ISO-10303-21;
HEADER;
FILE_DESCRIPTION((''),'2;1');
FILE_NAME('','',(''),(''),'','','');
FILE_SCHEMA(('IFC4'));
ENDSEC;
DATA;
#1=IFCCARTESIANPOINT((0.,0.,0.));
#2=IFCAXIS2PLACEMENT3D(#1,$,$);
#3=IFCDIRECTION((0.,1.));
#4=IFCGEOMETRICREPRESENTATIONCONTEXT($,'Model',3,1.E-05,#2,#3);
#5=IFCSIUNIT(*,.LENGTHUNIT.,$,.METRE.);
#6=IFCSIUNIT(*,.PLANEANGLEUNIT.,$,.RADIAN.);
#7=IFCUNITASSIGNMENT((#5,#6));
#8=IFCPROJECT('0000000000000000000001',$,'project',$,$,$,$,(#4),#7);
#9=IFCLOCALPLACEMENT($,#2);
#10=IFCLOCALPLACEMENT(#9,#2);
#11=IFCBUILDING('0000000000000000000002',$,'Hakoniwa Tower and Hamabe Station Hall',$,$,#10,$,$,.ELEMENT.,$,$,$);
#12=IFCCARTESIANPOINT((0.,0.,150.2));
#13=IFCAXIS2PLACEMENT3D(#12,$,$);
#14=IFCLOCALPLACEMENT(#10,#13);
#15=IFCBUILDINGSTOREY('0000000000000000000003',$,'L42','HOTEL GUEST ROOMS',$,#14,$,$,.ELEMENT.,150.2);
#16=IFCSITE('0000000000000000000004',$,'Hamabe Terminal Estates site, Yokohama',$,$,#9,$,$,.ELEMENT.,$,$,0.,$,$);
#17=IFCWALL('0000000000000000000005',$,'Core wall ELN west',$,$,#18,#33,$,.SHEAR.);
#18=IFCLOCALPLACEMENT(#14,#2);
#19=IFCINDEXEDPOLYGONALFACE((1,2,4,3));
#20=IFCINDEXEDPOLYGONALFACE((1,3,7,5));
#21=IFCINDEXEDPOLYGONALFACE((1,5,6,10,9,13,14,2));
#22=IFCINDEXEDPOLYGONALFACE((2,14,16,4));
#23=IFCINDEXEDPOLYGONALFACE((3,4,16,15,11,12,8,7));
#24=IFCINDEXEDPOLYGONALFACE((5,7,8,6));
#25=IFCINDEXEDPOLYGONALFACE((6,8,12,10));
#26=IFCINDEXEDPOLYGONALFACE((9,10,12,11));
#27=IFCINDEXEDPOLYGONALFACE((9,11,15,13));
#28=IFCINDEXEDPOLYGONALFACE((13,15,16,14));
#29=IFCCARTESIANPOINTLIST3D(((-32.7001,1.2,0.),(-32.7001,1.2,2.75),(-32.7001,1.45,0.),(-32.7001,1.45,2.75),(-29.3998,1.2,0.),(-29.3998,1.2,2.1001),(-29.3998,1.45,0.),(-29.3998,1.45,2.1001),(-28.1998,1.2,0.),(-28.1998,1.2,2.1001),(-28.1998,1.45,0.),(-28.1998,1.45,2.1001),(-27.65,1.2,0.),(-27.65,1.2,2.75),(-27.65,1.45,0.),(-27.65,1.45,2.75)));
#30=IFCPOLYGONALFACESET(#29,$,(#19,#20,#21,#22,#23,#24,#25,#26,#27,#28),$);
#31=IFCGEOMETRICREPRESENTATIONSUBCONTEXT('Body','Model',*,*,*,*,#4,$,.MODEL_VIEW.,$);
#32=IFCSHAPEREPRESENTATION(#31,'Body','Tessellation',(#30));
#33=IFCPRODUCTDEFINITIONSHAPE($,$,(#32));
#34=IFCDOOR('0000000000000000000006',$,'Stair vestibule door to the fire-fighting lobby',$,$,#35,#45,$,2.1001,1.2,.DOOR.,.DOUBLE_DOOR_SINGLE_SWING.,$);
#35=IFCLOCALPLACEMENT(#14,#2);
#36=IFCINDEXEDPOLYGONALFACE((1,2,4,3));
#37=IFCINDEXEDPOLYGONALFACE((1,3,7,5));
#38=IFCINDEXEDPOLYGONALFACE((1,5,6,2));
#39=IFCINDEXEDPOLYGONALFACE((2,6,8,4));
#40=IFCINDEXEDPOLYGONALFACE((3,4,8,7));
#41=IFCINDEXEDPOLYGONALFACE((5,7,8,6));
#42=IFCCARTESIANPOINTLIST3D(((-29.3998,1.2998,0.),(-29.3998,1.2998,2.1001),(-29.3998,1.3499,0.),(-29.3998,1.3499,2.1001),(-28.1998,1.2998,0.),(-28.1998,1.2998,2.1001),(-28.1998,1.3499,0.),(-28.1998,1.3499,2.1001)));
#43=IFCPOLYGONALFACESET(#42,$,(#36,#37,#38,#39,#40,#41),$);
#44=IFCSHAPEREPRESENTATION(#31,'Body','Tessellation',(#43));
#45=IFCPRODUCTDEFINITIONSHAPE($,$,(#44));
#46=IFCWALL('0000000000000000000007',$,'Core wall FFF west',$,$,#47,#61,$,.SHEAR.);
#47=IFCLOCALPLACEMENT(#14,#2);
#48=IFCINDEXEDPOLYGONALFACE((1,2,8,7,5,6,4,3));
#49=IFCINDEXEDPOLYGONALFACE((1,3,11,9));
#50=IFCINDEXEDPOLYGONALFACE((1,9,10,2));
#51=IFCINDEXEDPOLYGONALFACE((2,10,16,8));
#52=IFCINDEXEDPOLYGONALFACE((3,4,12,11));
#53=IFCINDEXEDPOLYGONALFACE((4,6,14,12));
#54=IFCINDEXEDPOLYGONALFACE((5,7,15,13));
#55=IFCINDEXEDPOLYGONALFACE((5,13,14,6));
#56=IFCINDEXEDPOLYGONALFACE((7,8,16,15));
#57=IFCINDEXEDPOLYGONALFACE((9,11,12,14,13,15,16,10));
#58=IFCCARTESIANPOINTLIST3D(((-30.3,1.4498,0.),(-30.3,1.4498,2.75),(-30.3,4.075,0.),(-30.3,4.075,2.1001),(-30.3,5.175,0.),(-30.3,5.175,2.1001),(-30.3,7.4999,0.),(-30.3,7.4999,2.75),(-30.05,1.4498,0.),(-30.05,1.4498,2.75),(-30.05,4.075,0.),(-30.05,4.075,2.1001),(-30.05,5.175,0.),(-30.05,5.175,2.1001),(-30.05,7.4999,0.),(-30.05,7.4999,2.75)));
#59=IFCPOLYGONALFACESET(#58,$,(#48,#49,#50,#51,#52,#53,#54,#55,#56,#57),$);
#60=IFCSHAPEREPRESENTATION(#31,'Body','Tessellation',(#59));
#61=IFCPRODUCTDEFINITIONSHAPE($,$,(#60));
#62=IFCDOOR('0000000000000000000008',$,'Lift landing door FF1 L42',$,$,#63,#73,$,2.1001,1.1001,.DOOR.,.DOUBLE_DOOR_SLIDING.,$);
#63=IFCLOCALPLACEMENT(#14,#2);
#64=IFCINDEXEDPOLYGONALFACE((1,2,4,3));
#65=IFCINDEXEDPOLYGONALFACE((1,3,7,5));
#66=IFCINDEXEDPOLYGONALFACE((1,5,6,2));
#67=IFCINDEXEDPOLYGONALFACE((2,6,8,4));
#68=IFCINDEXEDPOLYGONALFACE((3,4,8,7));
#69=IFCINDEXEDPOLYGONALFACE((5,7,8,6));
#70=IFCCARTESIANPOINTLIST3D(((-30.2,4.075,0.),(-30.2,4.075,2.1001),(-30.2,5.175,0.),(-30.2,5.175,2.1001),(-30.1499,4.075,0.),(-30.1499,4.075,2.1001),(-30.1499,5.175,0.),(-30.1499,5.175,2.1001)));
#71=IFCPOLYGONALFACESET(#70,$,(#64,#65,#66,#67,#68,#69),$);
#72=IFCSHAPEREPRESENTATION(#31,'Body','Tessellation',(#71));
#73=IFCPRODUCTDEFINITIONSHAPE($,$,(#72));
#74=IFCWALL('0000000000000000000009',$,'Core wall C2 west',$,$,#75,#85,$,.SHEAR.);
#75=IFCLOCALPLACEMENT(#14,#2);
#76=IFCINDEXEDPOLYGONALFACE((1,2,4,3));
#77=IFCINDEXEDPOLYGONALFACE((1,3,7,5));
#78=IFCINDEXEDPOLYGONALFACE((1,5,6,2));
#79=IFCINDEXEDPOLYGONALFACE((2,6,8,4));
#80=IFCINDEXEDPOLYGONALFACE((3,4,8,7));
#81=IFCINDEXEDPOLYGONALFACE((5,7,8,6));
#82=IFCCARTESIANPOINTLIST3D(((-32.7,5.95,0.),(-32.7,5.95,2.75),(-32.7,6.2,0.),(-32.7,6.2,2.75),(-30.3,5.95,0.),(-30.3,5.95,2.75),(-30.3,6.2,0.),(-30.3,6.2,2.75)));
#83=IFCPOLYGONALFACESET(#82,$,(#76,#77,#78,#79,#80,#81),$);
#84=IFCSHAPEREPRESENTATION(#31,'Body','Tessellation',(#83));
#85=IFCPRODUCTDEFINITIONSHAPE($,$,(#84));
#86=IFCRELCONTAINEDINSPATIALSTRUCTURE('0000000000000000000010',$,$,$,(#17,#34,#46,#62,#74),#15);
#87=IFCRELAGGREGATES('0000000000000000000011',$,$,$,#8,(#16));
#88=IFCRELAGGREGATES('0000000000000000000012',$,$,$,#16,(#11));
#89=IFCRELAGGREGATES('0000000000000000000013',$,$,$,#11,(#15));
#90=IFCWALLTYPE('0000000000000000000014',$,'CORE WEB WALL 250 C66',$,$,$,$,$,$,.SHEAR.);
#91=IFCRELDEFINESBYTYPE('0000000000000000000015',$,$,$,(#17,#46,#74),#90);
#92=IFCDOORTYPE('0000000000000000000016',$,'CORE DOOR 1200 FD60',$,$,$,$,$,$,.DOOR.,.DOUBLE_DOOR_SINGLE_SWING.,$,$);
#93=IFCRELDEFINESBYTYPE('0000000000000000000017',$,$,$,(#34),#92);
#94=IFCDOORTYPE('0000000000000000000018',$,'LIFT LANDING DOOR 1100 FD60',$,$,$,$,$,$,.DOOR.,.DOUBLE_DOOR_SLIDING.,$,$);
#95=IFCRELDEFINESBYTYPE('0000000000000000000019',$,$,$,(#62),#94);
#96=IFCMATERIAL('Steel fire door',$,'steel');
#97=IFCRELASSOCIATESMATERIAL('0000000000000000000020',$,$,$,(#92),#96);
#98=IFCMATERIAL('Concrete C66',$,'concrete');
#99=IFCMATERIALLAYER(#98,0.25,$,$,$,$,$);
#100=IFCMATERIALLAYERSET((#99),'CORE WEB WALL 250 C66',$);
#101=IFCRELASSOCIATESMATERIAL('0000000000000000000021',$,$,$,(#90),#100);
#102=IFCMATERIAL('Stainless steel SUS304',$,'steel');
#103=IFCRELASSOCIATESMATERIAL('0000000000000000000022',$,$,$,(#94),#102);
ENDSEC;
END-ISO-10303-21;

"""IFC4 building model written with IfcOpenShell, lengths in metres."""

from ifc_helpers import new_model, si_unit, direction, frame, frame_2d, origin, place, context, subcontext, project, spatial, rectangle, extrude, material, layer, layer_set, type_object, element, fill, save


model = new_model("IFC4")

# Units and contexts
model_context = context("Model", 3, precision=1e-05, world=origin(), true_north=direction((0.0, 1.0)))
body_context = subcontext(model_context, "Body", "Model", "MODEL_VIEW")
ifc_project = project(units=[si_unit("LENGTHUNIT", "METRE"), si_unit("PLANEANGLEUNIT", "RADIAN")], contexts=[model_context])

# Site, building, storey
site_placement = place(None, origin())
site = spatial("IfcSite", under=ifc_project, at=site_placement, Name="Hamabe Terminal Estates site, Yokohama", CompositionType="ELEMENT", RefElevation=0.0)
building_placement = place(site_placement, origin())
building = spatial("IfcBuilding", under=site, at=building_placement, Name="Hakoniwa Tower and Hamabe Station Hall", CompositionType="ELEMENT")
storey_placement = place(building_placement, frame((0.0, 0.0, 150.2)))
storey = spatial("IfcBuildingStorey", under=building, at=storey_placement, Name="L42", Description="HOTEL GUEST ROOMS", CompositionType="ELEMENT", Elevation=150.2)

# Shared definitions
ifc_material_1 = material(Name="Steel fire door", Category="steel")
door_type_1 = type_object("IfcDoorType", Name="CORE DOOR 1200 FD60", OperationType="DOUBLE_DOOR_SINGLE_SWING", PredefinedType="DOOR", material=ifc_material_1)

# Shared definitions
ifc_material_2 = material(Name="Concrete C66", Category="concrete")
ifc_layer_1 = layer(ifc_material_2, 0.25)
ifc_layer_set_1 = layer_set([ifc_layer_1], Name="CORE WEB WALL 250 C66")
wall_type_1 = type_object("IfcWallType", Name="CORE WEB WALL 250 C66", PredefinedType="SHEAR", material=ifc_layer_set_1)

# Walls, openings, doors
wall_1_placement = place(storey_placement, frame((-32.7, 1.325, 0.0), z_axis=(0.0, 0.0, 1.0), x_axis=(1.0, 0.0, 0.0)))
wall_1 = element("IfcWall", 1, at=wall_1_placement, inside=storey, type_object=wall_type_1, Name="Core wall ELN west", PredefinedType="SHEAR", context=body_context, shape_type="SweptSolid", body=[
    extrude(rectangle(XDim=5.05, YDim=0.25, at=frame_2d((2.5249, 0.0))), origin(), (0.0, 0.0, 1.0), 2.75),
])
opening_1_placement = place(wall_1_placement, frame((3.3, 0.0, 0.0)))
opening_1 = element("IfcOpeningElement", 2, at=opening_1_placement, cuts=wall_1, PredefinedType="OPENING", context=body_context, shape_type="SweptSolid", body=[
    extrude(rectangle(XDim=1.2, YDim=2.1001, at=frame_2d((0.6001, 1.05))), frame((0.0, 0.135, 0.0), z_axis=(0.0, -1.0, 0.0), x_axis=(1.0, 0.0, 0.0)), (0.0, 0.0, 1.0), 0.27),
])
door_1_placement = place(opening_1_placement, origin())
door_1 = element("IfcDoor", 3, at=door_1_placement, inside=storey, type_object=door_type_1, Name="Stair vestibule door to the fire-fighting lobby", OperationType="DOUBLE_DOOR_SINGLE_SWING", OverallHeight=2.1001, OverallWidth=1.2, PredefinedType="DOOR", context=body_context, shape_type="SweptSolid", body=[
    extrude(rectangle(XDim=1.2, YDim=2.1001, at=frame_2d((0.6001, 1.05))), frame((0.0, 0.0249, 0.0), z_axis=(0.0, -1.0, 0.0), x_axis=(1.0, 0.0, 0.0)), (0.0, 0.0, 1.0), 0.05),
])
fill(opening_1, door_1)
wall_2_placement = place(storey_placement, frame((-30.175, 1.45, 0.0), z_axis=(0.0, 0.0, 1.0), x_axis=(0.0, 1.0, 0.0)))
wall_2 = element("IfcWall", 4, at=wall_2_placement, inside=storey, type_object=wall_type_1, Name="Core wall FFF west", PredefinedType="SHEAR", context=body_context, shape_type="SweptSolid", body=[
    extrude(rectangle(XDim=6.05, YDim=0.25, at=frame_2d((3.0249, 0.0))), origin(), (0.0, 0.0, 1.0), 2.75),
])
opening_2_placement = place(wall_2_placement, frame((2.625, 0.0, 0.0)))
opening_2 = element("IfcOpeningElement", 5, at=opening_2_placement, cuts=wall_2, PredefinedType="OPENING", context=body_context, shape_type="SweptSolid", body=[
    extrude(rectangle(XDim=1.1001, YDim=2.1001, at=frame_2d((0.55, 1.05))), frame((0.0, 0.135, 0.0), z_axis=(0.0, -1.0, 0.0), x_axis=(1.0, 0.0, 0.0)), (0.0, 0.0, 1.0), 0.27),
])
ifc_material_3 = material(Name="Stainless steel SUS304", Category="steel")
door_type_2 = type_object("IfcDoorType", Name="LIFT LANDING DOOR 1100 FD60", OperationType="DOUBLE_DOOR_SLIDING", PredefinedType="DOOR", material=ifc_material_3)
door_2_placement = place(opening_2_placement, origin())
door_2 = element("IfcDoor", 6, at=door_2_placement, inside=storey, type_object=door_type_2, Name="Lift landing door FF1 L42", OperationType="DOUBLE_DOOR_SLIDING", OverallHeight=2.1001, OverallWidth=1.1001, PredefinedType="DOOR", context=body_context, shape_type="SweptSolid", body=[
    extrude(rectangle(XDim=1.1001, YDim=2.1001, at=frame_2d((0.55, 1.05))), frame((0.0, 0.0249, 0.0), z_axis=(0.0, -1.0, 0.0), x_axis=(1.0, 0.0, 0.0)), (0.0, 0.0, 1.0), 0.05),
])
fill(opening_2, door_2)

# Wall
wall_3_placement = place(storey_placement, frame((-32.7, 6.075, 0.0), z_axis=(0.0, 0.0, 1.0), x_axis=(1.0, 0.0, 0.0)))
element("IfcWall", 7, at=wall_3_placement, inside=storey, type_object=wall_type_1, Name="Core wall C2 west", PredefinedType="SHEAR", context=body_context, shape_type="SweptSolid", body=[
    extrude(rectangle(XDim=2.3999, YDim=0.25, at=frame_2d((1.2, 0.0))), origin(), (0.0, 0.0, 1.0), 2.75),
])

save(model, "model.ifc")
